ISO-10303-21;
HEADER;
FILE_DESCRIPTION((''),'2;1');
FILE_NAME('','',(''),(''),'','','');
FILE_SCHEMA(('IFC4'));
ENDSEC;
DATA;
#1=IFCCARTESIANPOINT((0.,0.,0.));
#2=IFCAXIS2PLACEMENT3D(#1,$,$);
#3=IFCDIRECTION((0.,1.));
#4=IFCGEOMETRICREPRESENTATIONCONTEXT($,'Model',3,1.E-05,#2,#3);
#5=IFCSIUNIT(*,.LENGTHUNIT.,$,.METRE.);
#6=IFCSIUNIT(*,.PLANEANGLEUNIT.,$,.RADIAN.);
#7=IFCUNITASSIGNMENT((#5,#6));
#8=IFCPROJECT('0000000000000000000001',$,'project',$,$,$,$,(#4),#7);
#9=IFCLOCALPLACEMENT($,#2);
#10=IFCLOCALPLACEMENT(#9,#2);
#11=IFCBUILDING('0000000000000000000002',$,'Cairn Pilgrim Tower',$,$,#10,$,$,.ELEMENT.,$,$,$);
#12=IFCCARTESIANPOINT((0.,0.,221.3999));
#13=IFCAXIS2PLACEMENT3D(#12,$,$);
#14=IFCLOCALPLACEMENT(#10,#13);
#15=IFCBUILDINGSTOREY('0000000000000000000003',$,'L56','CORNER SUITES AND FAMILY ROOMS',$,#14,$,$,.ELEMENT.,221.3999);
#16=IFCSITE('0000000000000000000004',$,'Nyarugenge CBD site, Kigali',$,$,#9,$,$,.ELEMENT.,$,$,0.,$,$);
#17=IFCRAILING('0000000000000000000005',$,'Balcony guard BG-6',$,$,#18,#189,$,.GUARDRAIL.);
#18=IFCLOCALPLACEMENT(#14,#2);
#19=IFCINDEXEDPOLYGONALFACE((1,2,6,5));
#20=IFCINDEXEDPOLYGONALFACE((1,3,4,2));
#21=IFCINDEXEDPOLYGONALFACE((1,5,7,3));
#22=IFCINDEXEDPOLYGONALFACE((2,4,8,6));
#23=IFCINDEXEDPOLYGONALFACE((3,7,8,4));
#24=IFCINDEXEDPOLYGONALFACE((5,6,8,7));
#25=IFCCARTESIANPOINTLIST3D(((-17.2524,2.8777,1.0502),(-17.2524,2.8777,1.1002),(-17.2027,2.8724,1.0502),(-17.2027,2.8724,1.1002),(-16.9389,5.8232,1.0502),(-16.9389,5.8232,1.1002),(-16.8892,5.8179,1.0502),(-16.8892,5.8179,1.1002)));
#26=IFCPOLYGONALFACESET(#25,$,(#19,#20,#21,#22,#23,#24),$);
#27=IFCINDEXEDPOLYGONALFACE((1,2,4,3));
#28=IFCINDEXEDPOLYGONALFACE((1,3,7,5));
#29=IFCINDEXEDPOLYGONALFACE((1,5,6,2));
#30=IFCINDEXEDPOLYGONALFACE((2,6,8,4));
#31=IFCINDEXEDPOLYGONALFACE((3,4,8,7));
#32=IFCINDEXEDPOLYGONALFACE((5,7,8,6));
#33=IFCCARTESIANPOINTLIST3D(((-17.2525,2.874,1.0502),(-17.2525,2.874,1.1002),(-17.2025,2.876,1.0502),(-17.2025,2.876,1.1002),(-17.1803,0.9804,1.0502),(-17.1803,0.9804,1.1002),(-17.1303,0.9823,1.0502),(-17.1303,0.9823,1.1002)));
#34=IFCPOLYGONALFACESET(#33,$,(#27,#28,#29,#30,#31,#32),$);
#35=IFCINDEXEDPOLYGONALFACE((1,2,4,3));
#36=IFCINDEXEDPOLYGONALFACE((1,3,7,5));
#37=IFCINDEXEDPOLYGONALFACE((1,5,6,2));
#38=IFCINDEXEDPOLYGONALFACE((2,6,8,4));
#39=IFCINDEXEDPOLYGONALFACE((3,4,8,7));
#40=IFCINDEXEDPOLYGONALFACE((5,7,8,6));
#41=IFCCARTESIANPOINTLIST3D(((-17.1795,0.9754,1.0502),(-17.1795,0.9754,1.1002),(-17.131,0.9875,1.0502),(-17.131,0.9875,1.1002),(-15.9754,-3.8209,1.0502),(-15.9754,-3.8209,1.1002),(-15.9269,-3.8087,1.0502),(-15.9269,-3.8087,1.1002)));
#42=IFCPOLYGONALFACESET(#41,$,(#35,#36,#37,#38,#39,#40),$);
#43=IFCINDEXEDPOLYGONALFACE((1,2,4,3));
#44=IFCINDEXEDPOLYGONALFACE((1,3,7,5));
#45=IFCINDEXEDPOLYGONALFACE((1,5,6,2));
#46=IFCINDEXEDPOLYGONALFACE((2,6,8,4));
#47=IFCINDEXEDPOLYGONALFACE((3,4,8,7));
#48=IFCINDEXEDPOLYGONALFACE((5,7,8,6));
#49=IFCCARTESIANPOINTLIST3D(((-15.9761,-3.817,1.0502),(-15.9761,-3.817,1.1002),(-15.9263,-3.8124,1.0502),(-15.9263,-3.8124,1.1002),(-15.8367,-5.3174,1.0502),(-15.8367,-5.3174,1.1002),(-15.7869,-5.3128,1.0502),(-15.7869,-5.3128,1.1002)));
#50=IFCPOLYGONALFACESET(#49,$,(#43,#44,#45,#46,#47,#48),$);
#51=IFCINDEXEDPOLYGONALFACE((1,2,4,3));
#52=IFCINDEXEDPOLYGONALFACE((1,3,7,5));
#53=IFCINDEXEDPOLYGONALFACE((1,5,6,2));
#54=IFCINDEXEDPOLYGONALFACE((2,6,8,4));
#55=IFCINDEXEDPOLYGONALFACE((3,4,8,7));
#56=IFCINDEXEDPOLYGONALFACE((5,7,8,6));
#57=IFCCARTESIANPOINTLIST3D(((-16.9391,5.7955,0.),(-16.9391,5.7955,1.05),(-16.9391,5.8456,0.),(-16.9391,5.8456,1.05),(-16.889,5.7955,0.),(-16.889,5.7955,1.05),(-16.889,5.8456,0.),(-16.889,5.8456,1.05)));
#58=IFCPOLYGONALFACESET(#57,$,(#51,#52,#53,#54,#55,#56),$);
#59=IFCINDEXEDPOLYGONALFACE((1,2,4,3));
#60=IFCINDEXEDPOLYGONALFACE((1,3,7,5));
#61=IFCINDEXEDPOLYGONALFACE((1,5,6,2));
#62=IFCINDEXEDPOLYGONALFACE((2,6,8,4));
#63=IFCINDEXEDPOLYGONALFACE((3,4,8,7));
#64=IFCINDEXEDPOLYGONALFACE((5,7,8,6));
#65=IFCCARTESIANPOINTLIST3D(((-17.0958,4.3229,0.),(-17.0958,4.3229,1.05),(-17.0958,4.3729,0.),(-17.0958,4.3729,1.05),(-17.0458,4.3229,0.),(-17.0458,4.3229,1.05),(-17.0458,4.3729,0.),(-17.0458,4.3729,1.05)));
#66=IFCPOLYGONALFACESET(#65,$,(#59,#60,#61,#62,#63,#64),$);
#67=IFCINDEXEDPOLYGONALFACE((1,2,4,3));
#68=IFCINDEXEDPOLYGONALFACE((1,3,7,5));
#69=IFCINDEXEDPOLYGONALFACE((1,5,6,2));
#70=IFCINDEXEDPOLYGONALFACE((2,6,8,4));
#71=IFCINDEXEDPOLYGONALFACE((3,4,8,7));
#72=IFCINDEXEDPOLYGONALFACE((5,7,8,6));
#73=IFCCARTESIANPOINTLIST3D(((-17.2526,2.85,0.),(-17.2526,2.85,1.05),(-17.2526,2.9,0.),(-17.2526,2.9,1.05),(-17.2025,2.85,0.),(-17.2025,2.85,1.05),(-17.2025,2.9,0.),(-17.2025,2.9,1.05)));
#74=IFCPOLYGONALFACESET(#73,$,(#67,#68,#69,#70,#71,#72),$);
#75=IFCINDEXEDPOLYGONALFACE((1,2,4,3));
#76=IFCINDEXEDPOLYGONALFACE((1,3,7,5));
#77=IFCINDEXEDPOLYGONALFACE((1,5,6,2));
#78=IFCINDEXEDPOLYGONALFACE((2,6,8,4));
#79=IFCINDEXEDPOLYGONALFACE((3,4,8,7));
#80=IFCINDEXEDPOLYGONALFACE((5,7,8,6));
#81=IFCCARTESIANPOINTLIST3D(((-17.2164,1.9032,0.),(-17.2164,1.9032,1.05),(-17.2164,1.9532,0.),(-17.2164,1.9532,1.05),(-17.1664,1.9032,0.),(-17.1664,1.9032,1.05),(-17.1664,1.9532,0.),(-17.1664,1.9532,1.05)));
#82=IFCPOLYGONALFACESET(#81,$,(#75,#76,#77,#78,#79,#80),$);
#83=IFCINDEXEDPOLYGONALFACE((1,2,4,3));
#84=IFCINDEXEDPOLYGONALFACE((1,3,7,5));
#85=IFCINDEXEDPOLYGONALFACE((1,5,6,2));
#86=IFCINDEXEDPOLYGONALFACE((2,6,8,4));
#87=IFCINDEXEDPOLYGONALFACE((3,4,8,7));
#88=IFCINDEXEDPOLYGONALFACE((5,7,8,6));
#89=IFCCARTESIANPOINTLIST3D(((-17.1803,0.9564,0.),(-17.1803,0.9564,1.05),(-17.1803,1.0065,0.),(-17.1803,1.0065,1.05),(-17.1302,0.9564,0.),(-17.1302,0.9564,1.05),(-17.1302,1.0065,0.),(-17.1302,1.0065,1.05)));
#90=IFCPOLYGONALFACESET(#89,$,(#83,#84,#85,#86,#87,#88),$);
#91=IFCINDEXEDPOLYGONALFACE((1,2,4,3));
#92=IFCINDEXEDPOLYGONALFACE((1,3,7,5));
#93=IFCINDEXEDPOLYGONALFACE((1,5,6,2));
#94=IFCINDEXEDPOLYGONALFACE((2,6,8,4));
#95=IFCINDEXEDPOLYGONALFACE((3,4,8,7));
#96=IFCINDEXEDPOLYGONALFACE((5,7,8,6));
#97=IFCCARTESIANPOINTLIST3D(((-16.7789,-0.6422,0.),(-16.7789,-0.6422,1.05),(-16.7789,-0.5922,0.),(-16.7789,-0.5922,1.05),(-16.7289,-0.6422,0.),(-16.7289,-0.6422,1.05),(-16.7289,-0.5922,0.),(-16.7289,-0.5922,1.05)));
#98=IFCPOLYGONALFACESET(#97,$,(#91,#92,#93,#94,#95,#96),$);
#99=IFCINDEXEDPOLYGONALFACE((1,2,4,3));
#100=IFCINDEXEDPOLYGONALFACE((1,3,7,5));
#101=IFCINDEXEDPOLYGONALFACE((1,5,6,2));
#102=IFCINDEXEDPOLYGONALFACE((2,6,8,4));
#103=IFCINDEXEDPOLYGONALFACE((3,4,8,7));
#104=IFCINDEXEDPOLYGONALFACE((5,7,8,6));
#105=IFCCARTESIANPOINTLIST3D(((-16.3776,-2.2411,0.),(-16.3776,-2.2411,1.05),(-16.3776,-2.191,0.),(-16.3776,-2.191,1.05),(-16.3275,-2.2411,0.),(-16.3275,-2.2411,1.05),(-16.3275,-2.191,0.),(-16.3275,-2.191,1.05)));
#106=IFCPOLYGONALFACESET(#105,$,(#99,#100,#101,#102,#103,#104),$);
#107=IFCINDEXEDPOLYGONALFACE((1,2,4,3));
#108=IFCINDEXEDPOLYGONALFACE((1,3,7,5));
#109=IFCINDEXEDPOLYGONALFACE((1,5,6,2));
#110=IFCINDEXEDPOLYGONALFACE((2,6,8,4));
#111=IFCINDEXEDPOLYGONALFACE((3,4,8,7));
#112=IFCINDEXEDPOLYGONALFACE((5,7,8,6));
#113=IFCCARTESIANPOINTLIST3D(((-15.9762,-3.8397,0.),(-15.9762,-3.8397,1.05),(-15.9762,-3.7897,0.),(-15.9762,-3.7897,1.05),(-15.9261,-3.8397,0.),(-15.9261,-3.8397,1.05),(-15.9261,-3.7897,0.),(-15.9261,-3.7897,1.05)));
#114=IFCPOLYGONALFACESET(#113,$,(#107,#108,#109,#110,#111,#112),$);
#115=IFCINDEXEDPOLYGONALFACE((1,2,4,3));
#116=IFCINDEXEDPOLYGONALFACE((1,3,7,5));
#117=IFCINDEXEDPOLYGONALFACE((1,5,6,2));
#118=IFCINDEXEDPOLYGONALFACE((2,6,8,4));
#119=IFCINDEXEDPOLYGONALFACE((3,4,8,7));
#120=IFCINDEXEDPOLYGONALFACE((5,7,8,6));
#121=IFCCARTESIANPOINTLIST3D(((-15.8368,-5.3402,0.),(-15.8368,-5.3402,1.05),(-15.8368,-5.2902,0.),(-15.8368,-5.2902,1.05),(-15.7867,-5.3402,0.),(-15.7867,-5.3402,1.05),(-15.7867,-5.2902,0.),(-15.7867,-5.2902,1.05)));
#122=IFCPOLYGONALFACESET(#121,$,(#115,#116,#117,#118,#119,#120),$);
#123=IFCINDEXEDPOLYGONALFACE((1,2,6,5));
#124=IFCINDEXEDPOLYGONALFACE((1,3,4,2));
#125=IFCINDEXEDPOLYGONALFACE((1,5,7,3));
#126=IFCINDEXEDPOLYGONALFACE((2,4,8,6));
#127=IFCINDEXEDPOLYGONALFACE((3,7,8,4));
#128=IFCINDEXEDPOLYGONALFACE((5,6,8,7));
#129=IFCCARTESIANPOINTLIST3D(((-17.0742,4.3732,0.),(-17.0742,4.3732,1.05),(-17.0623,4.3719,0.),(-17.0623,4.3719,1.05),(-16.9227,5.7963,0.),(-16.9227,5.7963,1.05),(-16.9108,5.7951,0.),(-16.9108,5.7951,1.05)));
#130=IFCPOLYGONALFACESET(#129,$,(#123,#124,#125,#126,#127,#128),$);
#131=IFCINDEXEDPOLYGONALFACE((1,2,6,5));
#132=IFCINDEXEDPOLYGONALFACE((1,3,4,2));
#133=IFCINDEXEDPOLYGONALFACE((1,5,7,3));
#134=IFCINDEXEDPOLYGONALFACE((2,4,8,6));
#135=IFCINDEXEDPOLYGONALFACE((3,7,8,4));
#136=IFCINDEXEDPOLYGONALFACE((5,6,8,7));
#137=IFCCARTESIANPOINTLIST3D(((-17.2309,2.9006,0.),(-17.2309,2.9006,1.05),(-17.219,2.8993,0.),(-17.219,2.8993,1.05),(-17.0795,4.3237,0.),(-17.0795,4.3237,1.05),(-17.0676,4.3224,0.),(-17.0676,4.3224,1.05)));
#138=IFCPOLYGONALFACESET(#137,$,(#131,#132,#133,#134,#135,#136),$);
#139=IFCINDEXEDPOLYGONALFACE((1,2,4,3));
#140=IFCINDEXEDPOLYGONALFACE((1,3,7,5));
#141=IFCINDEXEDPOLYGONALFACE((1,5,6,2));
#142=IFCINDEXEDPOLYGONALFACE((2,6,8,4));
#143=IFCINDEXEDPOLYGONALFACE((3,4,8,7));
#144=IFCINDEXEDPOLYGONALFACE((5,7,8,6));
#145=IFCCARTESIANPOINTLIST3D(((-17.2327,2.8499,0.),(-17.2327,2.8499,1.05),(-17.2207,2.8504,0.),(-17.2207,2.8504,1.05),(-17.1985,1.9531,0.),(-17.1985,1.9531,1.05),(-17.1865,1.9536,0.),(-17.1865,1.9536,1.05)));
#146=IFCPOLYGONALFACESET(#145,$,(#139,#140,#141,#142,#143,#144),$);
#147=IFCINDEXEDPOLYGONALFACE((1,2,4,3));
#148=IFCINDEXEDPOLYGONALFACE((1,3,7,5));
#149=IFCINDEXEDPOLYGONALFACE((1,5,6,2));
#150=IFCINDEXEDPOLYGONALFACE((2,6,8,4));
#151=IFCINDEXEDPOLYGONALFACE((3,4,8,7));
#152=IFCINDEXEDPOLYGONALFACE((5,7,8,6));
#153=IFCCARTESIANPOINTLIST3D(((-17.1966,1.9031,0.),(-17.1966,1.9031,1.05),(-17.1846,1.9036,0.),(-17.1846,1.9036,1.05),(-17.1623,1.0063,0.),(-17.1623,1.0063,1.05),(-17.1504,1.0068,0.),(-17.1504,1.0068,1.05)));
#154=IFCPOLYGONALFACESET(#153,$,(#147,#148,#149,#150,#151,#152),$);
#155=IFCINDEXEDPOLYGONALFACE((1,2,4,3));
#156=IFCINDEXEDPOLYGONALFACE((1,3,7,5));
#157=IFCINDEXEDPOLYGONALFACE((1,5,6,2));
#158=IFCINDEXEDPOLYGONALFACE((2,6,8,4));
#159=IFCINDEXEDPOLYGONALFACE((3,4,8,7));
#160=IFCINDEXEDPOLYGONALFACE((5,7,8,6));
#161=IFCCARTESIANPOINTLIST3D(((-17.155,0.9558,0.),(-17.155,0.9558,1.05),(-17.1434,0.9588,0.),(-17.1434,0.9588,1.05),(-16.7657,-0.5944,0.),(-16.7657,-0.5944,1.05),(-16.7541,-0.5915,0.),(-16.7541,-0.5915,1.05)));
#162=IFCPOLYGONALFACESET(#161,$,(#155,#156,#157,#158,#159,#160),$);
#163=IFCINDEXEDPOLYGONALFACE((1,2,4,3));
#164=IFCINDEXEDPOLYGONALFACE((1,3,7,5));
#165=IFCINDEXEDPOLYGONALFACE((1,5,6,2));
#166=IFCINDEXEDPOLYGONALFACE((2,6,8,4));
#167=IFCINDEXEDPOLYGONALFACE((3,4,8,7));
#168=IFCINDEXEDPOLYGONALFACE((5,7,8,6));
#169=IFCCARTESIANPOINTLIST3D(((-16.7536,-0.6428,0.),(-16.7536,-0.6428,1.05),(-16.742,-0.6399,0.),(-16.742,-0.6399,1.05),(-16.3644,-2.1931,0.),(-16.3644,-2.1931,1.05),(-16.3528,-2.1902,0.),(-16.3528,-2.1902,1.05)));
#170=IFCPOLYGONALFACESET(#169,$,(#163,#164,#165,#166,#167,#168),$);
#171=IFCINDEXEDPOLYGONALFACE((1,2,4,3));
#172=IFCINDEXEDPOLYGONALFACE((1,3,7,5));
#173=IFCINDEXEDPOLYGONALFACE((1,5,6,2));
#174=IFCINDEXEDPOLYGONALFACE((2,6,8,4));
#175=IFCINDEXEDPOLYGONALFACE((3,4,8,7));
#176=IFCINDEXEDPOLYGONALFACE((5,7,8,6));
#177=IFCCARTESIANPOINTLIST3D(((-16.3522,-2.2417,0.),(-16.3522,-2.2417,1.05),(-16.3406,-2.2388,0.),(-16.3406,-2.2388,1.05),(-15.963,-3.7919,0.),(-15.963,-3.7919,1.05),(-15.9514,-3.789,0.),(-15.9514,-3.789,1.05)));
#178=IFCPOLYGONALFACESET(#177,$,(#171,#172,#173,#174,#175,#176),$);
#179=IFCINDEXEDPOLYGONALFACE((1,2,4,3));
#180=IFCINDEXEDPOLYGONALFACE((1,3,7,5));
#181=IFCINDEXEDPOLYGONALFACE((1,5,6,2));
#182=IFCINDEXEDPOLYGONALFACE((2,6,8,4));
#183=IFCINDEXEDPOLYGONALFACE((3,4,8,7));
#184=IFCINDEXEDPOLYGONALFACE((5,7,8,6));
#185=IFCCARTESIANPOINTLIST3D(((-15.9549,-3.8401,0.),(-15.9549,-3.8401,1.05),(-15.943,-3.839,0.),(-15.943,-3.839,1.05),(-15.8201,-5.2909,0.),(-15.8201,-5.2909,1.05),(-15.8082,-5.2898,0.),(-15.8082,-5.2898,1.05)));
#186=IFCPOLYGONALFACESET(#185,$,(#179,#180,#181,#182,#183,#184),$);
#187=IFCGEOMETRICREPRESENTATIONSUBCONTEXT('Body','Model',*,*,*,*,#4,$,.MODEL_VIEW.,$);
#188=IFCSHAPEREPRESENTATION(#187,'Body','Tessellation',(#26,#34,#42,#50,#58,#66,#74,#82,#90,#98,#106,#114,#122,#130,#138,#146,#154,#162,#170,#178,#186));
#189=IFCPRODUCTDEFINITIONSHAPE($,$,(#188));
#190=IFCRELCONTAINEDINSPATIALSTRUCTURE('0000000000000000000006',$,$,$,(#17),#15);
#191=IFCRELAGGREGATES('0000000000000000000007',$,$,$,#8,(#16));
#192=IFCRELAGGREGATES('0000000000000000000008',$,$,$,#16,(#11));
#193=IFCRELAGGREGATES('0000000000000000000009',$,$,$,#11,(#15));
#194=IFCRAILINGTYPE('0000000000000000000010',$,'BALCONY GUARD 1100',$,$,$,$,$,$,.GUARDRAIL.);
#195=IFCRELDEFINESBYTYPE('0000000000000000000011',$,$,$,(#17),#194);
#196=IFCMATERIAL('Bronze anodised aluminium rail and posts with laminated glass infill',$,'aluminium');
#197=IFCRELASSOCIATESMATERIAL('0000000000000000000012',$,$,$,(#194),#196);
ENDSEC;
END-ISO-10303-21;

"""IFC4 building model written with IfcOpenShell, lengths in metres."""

from ifc_helpers import new_model, si_unit, direction, frame, origin, origin_2d, place, context, subcontext, project, spatial, polyline, rectangle, outline, extrude, material, type_object, element, save


model = new_model("IFC4")

# Units and contexts
model_context = context("Model", 3, precision=1e-05, world=origin(), true_north=direction((0.0, 1.0)))
body_context = subcontext(model_context, "Body", "Model", "MODEL_VIEW")
ifc_project = project(units=[si_unit("LENGTHUNIT", "METRE"), si_unit("PLANEANGLEUNIT", "RADIAN")], contexts=[model_context])

# Site, building, storey
site_placement = place(None, origin())
site = spatial("IfcSite", under=ifc_project, at=site_placement, Name="Nyarugenge CBD site, Kigali", CompositionType="ELEMENT", RefElevation=0.0)
building_placement = place(site_placement, origin())
building = spatial("IfcBuilding", under=site, at=building_placement, Name="Cairn Pilgrim Tower", CompositionType="ELEMENT")
storey_placement = place(building_placement, frame((0.0, 0.0, 221.3999)))
storey = spatial("IfcBuildingStorey", under=building, at=storey_placement, Name="L56", Description="CORNER SUITES AND FAMILY ROOMS", CompositionType="ELEMENT", Elevation=221.3999)

# Railing
ifc_material_1 = material(Name="Bronze anodised aluminium rail and posts with laminated glass infill", Category="aluminium")
railing_type = type_object("IfcRailingType", Name="BALCONY GUARD 1100", PredefinedType="GUARDRAIL", material=ifc_material_1)
railing_placement = place(storey_placement, frame((-16.9141, 5.8206, 0.0)))
element("IfcRailing", 1, at=railing_placement, inside=storey, type_object=railing_type, Name="Balcony guard BG-6", PredefinedType="GUARDRAIL", context=body_context, shape_type="SweptSolid", body=[
    extrude(rectangle(XDim=0.05, YDim=0.05, at=origin_2d()), frame((0.0, 0.0, 1.0752), z_axis=(-0.105826, -0.994385, 0.0), x_axis=(0.994385, -0.105826, 0.0)), (0.0, 0.0, 1.0), 2.9622),
    extrude(rectangle(XDim=0.05, YDim=0.05, at=origin_2d()), frame((-0.3135, -2.9456, 1.0752), z_axis=(0.038136, -0.999273, 0.0), x_axis=(0.999273, 0.038136, 0.0)), (0.0, 0.0, 1.0), 1.895),
    extrude(rectangle(XDim=0.05, YDim=0.05, at=origin_2d()), frame((-0.2412, -4.8391, 1.0752), z_axis=(0.2435, -0.969901, 0.0), x_axis=(0.969901, 0.2435, 0.0)), (0.0, 0.0, 1.0), 4.9451),
    extrude(rectangle(XDim=0.05, YDim=0.05, at=origin_2d()), frame((0.9629, -9.6353, 1.0752), z_axis=(0.092508, -0.995712, 0.0), x_axis=(0.995712, 0.092508, 0.0)), (0.0, 0.0, 1.0), 1.5068),
    extrude(rectangle(XDim=0.05, YDim=0.05, at=origin_2d()), origin(), (0.0, 0.0, 1.0), 1.05),
    extrude(rectangle(XDim=0.05, YDim=0.05, at=origin_2d()), frame((-0.1567, -1.4727, 0.0)), (0.0, 0.0, 1.0), 1.05),
    extrude(rectangle(XDim=0.05, YDim=0.05, at=origin_2d()), frame((-0.3135, -2.9456, 0.0)), (0.0, 0.0, 1.0), 1.05),
    extrude(rectangle(XDim=0.05, YDim=0.05, at=origin_2d()), frame((-0.2773, -3.8923, 0.0)), (0.0, 0.0, 1.0), 1.05),
    extrude(rectangle(XDim=0.05, YDim=0.05, at=origin_2d()), frame((-0.2412, -4.8391, 0.0)), (0.0, 0.0, 1.0), 1.05),
    extrude(rectangle(XDim=0.05, YDim=0.05, at=origin_2d()), frame((0.1602, -6.4377, 0.0)), (0.0, 0.0, 1.0), 1.05),
    extrude(rectangle(XDim=0.05, YDim=0.05, at=origin_2d()), frame((0.5615, -8.0366, 0.0)), (0.0, 0.0, 1.0), 1.05),
    extrude(rectangle(XDim=0.05, YDim=0.05, at=origin_2d()), frame((0.9629, -9.6353, 0.0)), (0.0, 0.0, 1.0), 1.05),
    extrude(rectangle(XDim=0.05, YDim=0.05, at=origin_2d()), frame((1.1023, -11.1357, 0.0)), (0.0, 0.0, 1.0), 1.05),
    extrude(outline(polyline([(0.0249, 0.0), (1.4561, 0.0), (1.4561, 1.05), (0.0249, 1.05), (0.0249, 0.0)])), frame((0.0059, -0.0007, 0.0), z_axis=(-0.994385, 0.105826, 0.0), x_axis=(-0.105826, -0.994385, 0.0)), (0.0, 0.0, 1.0), 0.012),
    extrude(outline(polyline([(0.0249, 0.0), (1.4561, 0.0), (1.4561, 1.05), (0.0249, 1.05), (0.0249, 0.0)])), frame((-0.1509, -1.4734, 0.0), z_axis=(-0.994385, 0.105826, 0.0), x_axis=(-0.105826, -0.994385, 0.0)), (0.0, 0.0, 1.0), 0.012),
    extrude(outline(polyline([(0.0249, 0.0), (0.9224, 0.0), (0.9224, 1.05), (0.0249, 1.05), (0.0249, 0.0)])), frame((-0.3076, -2.9453, 0.0), z_axis=(-0.999273, -0.038136, 0.0), x_axis=(0.038136, -0.999273, 0.0)), (0.0, 0.0, 1.0), 0.012),
    extrude(outline(polyline([(0.0249, 0.0), (0.9224, 0.0), (0.9224, 1.05), (0.0249, 1.05), (0.0249, 0.0)])), frame((-0.2715, -3.8921, 0.0), z_axis=(-0.999273, -0.038136, 0.0), x_axis=(0.038136, -0.999273, 0.0)), (0.0, 0.0, 1.0), 0.012),
    extrude(outline(polyline([(0.0249, 0.0), (1.6233, 0.0), (1.6233, 1.05), (0.0249, 1.05), (0.0249, 0.0)])), frame((-0.2354, -4.8376, 0.0), z_axis=(-0.969901, -0.2435, 0.0), x_axis=(0.2435, -0.969901, 0.0)), (0.0, 0.0, 1.0), 0.012),
    extrude(outline(polyline([(0.0249, 0.0), (1.6233, 0.0), (1.6233, 1.05), (0.0249, 1.05), (0.0249, 0.0)])), frame((0.166, -6.4363, 0.0), z_axis=(-0.969901, -0.2435, 0.0), x_axis=(0.2435, -0.969901, 0.0)), (0.0, 0.0, 1.0), 0.012),
    extrude(outline(polyline([(0.0249, 0.0), (1.6233, 0.0), (1.6233, 1.05), (0.0249, 1.05), (0.0249, 0.0)])), frame((0.5674, -8.0352, 0.0), z_axis=(-0.969901, -0.2435, 0.0), x_axis=(0.2435, -0.969901, 0.0)), (0.0, 0.0, 1.0), 0.012),
    extrude(outline(polyline([(0.0249, 0.0), (1.4819, 0.0), (1.4819, 1.05), (0.0249, 1.05), (0.0249, 0.0)])), frame((0.9688, -9.6348, 0.0), z_axis=(-0.995712, -0.092508, 0.0), x_axis=(0.092508, -0.995712, 0.0)), (0.0, 0.0, 1.0), 0.012),
])

save(model, "model.ifc")
